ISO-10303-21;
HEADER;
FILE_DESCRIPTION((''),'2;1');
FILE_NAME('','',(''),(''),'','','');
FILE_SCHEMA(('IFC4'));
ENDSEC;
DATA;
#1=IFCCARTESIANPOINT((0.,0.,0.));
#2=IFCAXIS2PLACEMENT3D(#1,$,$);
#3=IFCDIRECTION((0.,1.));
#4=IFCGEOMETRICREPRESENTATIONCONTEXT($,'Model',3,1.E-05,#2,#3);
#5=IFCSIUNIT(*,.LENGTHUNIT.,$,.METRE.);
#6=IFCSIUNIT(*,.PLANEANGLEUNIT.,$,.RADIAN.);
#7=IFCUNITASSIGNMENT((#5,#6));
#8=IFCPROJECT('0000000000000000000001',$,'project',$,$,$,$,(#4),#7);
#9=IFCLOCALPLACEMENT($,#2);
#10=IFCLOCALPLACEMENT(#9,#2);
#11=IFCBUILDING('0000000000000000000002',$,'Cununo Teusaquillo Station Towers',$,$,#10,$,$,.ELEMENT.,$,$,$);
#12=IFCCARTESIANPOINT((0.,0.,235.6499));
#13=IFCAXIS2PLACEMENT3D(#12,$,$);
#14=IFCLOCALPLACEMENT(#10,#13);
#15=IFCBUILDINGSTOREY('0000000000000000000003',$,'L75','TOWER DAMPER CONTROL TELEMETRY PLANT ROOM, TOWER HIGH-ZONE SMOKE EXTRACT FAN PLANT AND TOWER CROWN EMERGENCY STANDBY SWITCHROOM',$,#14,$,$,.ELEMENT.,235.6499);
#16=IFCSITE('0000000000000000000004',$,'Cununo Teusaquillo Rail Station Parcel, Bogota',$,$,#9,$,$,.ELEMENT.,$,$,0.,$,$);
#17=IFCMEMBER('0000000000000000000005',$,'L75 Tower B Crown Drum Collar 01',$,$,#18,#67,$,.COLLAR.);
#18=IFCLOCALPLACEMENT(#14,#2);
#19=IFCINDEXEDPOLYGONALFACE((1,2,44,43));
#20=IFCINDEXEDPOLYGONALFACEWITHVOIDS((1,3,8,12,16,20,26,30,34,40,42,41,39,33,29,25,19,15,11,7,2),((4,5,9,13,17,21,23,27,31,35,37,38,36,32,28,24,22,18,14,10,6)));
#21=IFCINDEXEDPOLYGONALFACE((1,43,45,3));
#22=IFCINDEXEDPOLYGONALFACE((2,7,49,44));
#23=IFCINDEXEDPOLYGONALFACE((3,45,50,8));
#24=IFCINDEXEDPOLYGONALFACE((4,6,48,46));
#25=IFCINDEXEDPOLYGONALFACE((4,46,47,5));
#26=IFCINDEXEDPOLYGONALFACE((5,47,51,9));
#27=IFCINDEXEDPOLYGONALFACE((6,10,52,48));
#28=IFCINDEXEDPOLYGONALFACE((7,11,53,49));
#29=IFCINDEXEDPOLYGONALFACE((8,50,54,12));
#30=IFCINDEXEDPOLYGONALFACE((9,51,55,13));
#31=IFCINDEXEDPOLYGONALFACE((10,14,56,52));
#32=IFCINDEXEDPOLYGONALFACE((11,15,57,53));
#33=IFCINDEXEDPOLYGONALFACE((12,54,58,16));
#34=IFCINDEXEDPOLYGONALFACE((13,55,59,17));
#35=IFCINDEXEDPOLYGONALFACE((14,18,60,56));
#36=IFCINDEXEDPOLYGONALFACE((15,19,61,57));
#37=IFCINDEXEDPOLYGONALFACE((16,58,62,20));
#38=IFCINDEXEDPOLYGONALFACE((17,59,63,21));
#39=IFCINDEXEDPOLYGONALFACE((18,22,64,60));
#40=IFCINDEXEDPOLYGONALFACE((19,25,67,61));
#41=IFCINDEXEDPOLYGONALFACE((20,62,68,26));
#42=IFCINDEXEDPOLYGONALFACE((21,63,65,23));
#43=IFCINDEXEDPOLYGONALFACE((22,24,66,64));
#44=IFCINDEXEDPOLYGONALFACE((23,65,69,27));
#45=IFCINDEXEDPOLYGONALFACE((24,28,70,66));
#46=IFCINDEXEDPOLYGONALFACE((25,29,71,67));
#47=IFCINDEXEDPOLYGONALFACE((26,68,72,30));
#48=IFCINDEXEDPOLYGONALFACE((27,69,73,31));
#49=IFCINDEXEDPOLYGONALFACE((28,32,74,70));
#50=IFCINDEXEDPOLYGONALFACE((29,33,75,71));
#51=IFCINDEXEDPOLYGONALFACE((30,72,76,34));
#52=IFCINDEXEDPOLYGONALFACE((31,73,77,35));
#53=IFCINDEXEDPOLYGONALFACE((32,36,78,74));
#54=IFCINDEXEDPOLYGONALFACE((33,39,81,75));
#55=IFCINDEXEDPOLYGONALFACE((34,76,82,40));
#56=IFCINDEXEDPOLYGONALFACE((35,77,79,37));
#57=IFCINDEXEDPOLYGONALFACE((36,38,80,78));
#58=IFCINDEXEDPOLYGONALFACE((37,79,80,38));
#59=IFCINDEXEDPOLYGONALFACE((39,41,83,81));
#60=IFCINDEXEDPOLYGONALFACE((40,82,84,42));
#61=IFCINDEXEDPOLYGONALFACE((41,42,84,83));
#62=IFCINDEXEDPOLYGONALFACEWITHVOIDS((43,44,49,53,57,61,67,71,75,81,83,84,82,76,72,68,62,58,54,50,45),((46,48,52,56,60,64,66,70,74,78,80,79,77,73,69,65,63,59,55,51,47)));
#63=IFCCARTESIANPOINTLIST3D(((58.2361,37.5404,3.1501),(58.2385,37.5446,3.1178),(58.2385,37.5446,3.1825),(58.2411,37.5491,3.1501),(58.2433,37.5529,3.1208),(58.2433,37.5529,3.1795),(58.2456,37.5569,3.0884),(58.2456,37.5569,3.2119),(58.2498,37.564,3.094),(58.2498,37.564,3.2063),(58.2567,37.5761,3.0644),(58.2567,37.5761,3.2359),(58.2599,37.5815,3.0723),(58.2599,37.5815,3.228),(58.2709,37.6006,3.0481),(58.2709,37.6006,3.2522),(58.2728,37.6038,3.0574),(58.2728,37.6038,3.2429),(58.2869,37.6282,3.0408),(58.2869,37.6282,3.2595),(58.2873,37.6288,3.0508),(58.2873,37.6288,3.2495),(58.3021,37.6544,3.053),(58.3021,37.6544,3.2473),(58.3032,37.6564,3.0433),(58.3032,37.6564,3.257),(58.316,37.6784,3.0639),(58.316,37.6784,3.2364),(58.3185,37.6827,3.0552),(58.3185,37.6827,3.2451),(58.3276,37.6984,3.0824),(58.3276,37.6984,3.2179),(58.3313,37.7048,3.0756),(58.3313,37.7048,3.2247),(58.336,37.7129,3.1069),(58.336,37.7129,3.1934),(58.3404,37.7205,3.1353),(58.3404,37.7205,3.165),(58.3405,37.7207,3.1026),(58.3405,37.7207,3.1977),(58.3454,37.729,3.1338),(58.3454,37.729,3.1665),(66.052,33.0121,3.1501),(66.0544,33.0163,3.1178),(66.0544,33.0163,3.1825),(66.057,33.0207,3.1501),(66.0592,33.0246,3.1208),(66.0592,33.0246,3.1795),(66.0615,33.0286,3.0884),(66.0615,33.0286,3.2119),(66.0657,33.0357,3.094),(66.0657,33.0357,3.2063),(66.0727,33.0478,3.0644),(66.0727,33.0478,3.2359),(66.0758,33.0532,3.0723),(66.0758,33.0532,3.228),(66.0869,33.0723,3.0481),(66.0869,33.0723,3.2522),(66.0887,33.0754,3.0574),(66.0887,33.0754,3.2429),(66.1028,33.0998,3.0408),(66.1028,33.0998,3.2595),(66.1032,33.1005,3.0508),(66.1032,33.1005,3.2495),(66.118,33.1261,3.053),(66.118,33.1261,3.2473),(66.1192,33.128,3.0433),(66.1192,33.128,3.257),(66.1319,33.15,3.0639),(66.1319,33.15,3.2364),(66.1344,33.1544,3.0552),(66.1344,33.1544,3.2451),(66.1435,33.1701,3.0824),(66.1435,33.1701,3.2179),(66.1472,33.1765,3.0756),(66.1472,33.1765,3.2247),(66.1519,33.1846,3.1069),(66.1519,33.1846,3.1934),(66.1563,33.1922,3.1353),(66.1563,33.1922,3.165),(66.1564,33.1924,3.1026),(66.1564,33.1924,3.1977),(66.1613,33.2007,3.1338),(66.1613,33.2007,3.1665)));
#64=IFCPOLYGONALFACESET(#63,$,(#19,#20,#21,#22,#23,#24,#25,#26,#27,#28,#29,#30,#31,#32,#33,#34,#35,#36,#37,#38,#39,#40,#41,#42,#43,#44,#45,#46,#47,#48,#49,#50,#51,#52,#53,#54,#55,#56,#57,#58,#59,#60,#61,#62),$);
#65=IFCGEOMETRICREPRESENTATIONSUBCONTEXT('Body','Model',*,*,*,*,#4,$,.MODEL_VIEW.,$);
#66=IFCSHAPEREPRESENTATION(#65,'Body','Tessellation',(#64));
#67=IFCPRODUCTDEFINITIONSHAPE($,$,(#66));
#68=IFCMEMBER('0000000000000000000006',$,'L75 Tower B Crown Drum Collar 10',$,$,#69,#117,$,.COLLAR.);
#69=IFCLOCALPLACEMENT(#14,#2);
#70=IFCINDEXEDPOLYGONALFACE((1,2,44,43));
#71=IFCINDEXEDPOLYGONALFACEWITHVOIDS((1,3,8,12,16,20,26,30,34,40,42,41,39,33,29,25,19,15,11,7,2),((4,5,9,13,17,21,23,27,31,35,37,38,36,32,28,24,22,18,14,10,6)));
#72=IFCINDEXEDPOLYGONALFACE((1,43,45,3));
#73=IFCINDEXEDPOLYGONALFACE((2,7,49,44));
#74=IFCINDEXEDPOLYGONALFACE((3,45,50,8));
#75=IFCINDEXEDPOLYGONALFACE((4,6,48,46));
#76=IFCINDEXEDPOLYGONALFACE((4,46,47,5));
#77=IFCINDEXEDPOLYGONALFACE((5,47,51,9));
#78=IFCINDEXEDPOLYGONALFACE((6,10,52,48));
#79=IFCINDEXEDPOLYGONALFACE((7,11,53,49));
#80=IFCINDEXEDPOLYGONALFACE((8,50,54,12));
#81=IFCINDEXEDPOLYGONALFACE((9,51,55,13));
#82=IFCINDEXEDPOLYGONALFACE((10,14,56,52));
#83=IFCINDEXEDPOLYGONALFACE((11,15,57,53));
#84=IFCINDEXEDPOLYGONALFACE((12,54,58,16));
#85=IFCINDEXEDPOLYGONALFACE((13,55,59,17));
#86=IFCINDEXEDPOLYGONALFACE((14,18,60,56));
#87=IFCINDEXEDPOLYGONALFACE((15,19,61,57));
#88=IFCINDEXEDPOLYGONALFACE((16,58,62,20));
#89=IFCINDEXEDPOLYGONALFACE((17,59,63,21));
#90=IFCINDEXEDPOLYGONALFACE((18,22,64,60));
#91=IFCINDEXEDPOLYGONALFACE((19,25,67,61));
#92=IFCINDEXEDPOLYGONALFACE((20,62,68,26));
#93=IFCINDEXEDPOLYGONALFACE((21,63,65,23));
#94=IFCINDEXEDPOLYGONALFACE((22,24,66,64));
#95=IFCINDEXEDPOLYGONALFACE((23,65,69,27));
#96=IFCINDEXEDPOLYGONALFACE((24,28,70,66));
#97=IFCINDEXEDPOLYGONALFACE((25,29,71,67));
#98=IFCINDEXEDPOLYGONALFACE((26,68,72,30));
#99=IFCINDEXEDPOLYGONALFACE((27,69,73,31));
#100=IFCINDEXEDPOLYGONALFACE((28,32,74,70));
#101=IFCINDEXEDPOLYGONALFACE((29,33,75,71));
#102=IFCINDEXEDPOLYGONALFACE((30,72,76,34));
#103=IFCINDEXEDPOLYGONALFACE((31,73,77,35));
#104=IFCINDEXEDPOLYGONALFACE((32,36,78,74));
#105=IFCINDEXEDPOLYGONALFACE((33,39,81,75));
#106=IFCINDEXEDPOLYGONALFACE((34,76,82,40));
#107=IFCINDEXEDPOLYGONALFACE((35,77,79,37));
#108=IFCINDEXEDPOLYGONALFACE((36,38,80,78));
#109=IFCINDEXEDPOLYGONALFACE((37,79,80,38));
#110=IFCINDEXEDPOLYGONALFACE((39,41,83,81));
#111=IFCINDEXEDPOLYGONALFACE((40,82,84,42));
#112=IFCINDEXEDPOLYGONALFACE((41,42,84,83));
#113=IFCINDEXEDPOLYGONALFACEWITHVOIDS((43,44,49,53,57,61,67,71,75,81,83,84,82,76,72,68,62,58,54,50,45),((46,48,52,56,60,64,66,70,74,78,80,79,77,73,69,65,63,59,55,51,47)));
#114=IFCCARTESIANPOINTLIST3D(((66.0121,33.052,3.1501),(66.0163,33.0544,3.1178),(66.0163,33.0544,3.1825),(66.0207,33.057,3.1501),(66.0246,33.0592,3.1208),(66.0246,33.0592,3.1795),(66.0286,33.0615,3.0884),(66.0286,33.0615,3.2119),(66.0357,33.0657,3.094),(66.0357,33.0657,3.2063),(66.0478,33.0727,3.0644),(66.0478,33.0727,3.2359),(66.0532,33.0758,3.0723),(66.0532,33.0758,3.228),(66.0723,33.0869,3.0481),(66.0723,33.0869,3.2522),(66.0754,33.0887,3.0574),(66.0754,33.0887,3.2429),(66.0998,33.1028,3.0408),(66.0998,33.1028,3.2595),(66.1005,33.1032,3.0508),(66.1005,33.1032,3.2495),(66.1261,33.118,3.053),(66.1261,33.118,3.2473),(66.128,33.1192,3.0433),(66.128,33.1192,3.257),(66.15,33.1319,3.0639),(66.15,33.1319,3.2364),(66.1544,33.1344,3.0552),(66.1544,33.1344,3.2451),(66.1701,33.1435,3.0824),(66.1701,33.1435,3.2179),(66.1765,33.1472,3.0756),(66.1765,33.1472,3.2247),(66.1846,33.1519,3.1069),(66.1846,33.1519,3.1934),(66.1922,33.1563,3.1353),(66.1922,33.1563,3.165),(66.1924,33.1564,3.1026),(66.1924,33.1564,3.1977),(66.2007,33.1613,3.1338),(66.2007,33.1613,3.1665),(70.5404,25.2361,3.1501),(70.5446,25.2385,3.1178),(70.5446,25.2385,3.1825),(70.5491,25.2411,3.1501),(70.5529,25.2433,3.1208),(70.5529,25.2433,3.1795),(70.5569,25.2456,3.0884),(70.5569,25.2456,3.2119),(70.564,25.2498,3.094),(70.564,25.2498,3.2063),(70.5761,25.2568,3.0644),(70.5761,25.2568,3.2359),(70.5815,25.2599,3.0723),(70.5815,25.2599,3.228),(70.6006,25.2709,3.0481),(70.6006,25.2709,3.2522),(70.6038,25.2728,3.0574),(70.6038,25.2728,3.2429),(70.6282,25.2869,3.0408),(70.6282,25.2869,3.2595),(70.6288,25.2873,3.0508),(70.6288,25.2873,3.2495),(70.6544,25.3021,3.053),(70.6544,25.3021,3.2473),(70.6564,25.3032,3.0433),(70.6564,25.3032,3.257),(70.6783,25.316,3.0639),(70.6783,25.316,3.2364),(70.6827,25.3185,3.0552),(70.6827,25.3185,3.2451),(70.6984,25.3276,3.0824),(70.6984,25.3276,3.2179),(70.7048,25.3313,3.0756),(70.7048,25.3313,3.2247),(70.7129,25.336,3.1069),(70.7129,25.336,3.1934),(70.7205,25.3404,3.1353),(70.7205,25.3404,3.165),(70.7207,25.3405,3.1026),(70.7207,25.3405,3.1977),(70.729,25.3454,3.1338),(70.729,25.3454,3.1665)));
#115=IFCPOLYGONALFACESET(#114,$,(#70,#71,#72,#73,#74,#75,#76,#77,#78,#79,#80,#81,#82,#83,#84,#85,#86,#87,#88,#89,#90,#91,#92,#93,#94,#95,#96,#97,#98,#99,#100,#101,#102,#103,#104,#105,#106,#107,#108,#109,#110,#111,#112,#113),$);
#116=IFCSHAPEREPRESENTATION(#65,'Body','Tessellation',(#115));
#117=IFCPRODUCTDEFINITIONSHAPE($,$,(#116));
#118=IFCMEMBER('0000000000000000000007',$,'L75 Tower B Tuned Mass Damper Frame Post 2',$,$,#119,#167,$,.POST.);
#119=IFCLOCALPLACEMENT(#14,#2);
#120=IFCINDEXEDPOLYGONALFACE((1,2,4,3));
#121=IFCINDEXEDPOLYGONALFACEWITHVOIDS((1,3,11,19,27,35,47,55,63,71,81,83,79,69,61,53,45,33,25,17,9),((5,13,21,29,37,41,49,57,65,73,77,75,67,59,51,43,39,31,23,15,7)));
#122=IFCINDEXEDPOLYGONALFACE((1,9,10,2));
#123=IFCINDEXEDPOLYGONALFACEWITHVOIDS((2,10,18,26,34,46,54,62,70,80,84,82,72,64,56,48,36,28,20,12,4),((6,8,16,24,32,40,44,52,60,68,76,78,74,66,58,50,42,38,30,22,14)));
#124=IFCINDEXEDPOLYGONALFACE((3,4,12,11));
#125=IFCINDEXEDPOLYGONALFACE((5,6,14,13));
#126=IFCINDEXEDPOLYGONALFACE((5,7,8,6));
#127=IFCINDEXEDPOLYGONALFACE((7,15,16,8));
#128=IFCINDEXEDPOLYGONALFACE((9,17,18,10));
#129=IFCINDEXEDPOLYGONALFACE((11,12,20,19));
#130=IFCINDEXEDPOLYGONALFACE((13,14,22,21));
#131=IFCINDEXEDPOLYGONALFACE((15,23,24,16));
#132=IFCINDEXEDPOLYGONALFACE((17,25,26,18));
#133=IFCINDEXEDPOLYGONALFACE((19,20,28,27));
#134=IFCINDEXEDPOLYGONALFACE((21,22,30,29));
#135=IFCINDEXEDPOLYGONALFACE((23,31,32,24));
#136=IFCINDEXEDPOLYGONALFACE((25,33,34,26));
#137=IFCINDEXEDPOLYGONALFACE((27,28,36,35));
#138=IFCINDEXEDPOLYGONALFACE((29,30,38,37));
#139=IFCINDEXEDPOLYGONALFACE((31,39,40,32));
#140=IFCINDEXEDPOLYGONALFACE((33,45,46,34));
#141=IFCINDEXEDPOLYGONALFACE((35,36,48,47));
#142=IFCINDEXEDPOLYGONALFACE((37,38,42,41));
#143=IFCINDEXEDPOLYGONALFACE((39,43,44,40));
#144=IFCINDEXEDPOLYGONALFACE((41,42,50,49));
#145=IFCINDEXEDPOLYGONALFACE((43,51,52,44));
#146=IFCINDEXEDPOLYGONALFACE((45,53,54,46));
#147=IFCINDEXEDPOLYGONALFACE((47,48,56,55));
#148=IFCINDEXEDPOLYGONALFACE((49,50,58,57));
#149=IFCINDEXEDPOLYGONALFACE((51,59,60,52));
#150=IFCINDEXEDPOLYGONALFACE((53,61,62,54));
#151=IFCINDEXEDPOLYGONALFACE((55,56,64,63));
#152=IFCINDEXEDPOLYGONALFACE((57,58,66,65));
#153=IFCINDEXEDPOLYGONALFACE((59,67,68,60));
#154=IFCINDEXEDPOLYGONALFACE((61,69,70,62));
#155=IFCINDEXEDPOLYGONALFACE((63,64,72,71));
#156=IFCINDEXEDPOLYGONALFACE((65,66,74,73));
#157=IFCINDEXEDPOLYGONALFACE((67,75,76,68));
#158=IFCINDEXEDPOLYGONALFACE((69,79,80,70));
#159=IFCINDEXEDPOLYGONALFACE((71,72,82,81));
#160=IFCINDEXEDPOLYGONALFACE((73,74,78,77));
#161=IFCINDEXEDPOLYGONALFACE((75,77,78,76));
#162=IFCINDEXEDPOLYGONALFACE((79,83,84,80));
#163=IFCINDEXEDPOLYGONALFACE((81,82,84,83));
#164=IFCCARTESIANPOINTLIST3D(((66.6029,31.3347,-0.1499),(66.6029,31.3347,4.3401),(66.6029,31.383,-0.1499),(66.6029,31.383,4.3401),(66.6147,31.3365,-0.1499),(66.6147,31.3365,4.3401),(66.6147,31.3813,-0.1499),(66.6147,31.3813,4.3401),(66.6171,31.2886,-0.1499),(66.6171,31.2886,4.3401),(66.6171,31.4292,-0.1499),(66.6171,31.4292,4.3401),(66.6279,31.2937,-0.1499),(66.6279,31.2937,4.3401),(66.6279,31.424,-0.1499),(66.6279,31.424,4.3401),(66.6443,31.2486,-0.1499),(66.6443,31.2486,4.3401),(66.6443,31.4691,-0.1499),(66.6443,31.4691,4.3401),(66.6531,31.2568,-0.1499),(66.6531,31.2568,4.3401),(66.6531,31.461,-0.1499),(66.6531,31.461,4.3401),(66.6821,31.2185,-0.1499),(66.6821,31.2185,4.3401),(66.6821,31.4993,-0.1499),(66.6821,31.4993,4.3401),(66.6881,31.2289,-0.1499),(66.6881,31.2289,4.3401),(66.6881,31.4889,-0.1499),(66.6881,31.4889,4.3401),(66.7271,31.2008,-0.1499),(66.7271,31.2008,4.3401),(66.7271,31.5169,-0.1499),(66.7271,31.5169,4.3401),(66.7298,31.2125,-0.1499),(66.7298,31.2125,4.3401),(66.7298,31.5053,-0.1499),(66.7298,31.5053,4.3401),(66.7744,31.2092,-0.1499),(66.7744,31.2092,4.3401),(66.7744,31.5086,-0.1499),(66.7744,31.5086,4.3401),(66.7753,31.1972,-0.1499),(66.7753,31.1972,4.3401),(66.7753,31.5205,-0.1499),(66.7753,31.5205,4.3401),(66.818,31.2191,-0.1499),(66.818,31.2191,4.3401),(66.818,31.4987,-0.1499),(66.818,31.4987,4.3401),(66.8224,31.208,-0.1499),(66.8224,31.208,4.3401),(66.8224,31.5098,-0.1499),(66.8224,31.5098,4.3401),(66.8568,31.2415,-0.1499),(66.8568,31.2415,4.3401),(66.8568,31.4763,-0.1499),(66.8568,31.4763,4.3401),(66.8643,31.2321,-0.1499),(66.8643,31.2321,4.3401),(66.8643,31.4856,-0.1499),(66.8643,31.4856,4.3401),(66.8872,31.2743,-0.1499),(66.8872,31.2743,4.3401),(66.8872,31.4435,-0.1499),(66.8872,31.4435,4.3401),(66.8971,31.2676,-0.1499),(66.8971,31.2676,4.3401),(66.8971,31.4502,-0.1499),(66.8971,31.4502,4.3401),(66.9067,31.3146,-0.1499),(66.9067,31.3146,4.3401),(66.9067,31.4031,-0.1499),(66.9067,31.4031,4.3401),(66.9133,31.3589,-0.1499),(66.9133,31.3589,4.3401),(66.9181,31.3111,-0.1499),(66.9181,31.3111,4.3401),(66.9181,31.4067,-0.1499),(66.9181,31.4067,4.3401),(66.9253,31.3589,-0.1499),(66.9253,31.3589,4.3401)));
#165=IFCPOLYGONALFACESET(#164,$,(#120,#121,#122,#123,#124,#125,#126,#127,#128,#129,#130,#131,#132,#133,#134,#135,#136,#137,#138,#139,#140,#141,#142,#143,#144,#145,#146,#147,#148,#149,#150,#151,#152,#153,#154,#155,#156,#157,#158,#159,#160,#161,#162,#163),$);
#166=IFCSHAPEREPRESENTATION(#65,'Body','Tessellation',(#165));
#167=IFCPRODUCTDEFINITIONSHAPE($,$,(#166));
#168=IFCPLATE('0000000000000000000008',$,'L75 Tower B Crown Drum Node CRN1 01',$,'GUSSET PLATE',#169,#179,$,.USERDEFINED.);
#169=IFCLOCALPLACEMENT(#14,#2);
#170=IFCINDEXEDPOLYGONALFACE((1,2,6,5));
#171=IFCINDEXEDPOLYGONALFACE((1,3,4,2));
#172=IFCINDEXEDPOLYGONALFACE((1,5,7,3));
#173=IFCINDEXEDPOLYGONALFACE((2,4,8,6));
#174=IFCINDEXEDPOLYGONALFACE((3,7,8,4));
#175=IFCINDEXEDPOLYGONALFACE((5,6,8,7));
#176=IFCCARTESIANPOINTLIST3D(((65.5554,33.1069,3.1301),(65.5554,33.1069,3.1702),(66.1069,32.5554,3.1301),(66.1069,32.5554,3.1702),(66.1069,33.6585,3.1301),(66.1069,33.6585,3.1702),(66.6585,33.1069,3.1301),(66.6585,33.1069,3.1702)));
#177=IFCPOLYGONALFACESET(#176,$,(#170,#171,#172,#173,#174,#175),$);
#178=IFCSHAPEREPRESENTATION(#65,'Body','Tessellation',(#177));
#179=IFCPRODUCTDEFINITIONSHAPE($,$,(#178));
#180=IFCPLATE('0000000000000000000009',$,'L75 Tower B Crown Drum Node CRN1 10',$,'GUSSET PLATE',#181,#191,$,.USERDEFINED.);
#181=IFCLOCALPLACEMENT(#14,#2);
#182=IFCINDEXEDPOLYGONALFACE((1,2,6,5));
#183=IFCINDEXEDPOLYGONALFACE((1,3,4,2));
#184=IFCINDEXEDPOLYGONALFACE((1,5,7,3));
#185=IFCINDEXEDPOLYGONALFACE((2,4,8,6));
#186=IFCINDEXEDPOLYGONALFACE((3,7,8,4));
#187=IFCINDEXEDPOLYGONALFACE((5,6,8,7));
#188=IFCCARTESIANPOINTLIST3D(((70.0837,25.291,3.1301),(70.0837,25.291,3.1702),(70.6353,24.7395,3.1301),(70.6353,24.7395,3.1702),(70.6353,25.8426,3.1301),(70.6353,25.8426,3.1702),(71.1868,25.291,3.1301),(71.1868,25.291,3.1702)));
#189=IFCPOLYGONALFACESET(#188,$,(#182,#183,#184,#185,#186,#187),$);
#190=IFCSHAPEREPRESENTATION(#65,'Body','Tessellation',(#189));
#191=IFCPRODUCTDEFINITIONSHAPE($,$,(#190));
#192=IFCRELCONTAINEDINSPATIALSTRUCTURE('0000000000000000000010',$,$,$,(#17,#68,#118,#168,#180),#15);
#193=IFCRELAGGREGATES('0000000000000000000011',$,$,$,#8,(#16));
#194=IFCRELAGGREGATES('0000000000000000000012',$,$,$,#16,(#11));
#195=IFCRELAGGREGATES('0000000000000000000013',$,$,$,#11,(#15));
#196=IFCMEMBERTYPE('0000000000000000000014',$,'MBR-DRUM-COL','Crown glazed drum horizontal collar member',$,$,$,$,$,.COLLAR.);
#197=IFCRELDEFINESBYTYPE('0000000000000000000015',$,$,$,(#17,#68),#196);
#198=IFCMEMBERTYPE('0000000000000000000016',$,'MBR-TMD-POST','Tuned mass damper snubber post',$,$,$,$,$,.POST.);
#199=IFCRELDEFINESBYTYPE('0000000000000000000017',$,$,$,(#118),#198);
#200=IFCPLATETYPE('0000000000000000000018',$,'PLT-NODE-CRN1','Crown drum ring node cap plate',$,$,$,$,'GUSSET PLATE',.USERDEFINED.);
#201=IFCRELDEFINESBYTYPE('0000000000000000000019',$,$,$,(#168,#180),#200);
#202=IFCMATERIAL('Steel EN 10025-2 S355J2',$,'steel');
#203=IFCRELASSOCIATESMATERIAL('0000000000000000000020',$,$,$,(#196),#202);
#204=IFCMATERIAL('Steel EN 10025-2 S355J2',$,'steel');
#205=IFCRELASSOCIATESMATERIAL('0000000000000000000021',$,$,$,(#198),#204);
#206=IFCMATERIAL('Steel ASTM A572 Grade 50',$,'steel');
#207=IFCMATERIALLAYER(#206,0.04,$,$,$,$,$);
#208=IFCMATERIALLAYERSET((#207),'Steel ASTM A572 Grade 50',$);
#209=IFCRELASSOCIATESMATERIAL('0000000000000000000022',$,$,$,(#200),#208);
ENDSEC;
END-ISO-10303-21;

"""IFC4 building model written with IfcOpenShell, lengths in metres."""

from ifc_helpers import new_model, si_unit, direction, frame, origin, origin_2d, place, context, subcontext, project, spatial, rectangle, hollow_circle, extrude, source, transform, mapped, material, layer, layer_set, material_profile, profile_set, type_object, element, save


model = new_model("IFC4")

# Units and contexts
model_context = context("Model", 3, precision=1e-05, world=origin(), true_north=direction((0.0, 1.0)))
body_context = subcontext(model_context, "Body", "Model", "MODEL_VIEW")
ifc_project = project(units=[si_unit("LENGTHUNIT", "METRE"), si_unit("PLANEANGLEUNIT", "RADIAN")], contexts=[model_context])

# Site, building, storey
site_placement = place(None, origin())
site = spatial("IfcSite", under=ifc_project, at=site_placement, Name="Cununo Teusaquillo Rail Station Parcel, Bogota", CompositionType="ELEMENT", RefElevation=0.0)
building_placement = place(site_placement, origin())
building = spatial("IfcBuilding", under=site, at=building_placement, Name="Cununo Teusaquillo Station Towers", CompositionType="ELEMENT")
storey_placement = place(building_placement, frame((0.0, 0.0, 235.6499)))
storey = spatial("IfcBuildingStorey", under=building, at=storey_placement, Name="L75", Description="TOWER DAMPER CONTROL TELEMETRY PLANT ROOM, TOWER HIGH-ZONE SMOKE EXTRACT FAN PLANT AND TOWER CROWN EMERGENCY STANDBY SWITCHROOM", CompositionType="ELEMENT", Elevation=235.6499)

# Members
ifc_material_1 = material(Name="Steel EN 10025-2 S355J2", Category="steel")
ifc_material_profile_1 = material_profile(ifc_material_1, hollow_circle(Radius=0.1096, WallThickness=0.01, at=origin_2d()), Name="CHS 219x10")
ifc_profile_set_1 = profile_set([ifc_material_profile_1], Name="Steel EN 10025-2 S355J2")
member_type_1 = type_object("IfcMemberType", Name="MBR-DRUM-COL", Description="Crown glazed drum horizontal collar member", PredefinedType="COLLAR", material=ifc_profile_set_1)
for number, where, z_axis, x_axis, name in (
    (1, (66.1069, 33.1069, 3.1501), (-0.865267, 0.501311, 0.0), (-0.501311, -0.865267, 0.0), "L75 Tower B Crown Drum Collar 01"),
    (2, (70.6353, 25.291, 3.1501), (-0.501311, 0.865267, 0.0), (-0.865267, -0.501311, 0.0), "L75 Tower B Crown Drum Collar 10"),
):
    element("IfcMember", number, at=place(storey_placement, frame(where, z_axis=z_axis, x_axis=x_axis)), inside=storey, type_object=member_type_1, Name=name, PredefinedType="COLLAR", context=body_context, shape_type="SweptSolid", body=[
        extrude(hollow_circle(Radius=0.1096, WallThickness=0.01, at=origin_2d()), origin(), (0.0, 0.0, 1.0), 9.033),
    ])
ifc_material_2 = material(Name="Steel EN 10025-2 S355J2", Category="steel")
ifc_material_profile_2 = material_profile(ifc_material_2, hollow_circle(Radius=0.1621, WallThickness=0.012, at=origin_2d()), Name="CHS 324x12")
ifc_profile_set_2 = profile_set([ifc_material_profile_2], Name="Steel EN 10025-2 S355J2")
member_type_2 = type_object("IfcMemberType", Name="MBR-TMD-POST", Description="Tuned mass damper snubber post", PredefinedType="POST", material=ifc_profile_set_2)
member_1_placement = place(storey_placement, frame((66.7632, 31.3589, -0.1499), z_axis=(0.0, 0.0, 1.0), x_axis=(1.0, 0.0, 0.0)))
element("IfcMember", 3, at=member_1_placement, inside=storey, type_object=member_type_2, Name="L75 Tower B Tuned Mass Damper Frame Post 2", PredefinedType="POST", context=body_context, shape_type="SweptSolid", body=[
    extrude(hollow_circle(Radius=0.1621, WallThickness=0.012, at=origin_2d()), origin(), (0.0, 0.0, 1.0), 4.49),
])

# Plates
ifc_material_3 = material(Name="Steel ASTM A572 Grade 50", Category="steel")
ifc_layer_1 = layer(ifc_material_3, 0.04)
ifc_layer_set_1 = layer_set([ifc_layer_1], Name="Steel ASTM A572 Grade 50")
plate_type_1 = type_object("IfcPlateType", Name="PLT-NODE-CRN1", Description="Crown drum ring node cap plate", ElementType="GUSSET PLATE", PredefinedType="USERDEFINED", material=ifc_layer_set_1)
shared_shape_1 = source(origin(), body_context, "Body", "SweptSolid", [
    extrude(rectangle(XDim=0.78, YDim=0.78, at=origin_2d()), origin(), (0.0, 0.0, 1.0), 0.04),
])
for number, where, z_axis, x_axis, name in (
    (4, (66.1069, 33.1069, 3.1301), (0.0, 0.0, 1.0), (0.707107, 0.707107, 0.0), "L75 Tower B Crown Drum Node CRN1 01"),
    (5, (70.6353, 25.291, 3.1301), (0.0, 0.0, 1.0), (0.707107, 0.707107, 0.0), "L75 Tower B Crown Drum Node CRN1 10"),
):
    element("IfcPlate", number, at=place(storey_placement, frame(where, z_axis=z_axis, x_axis=x_axis)), inside=storey, type_object=plate_type_1, Name=name, ObjectType="GUSSET PLATE", PredefinedType="USERDEFINED", context=body_context, shape_type="MappedRepresentation", body=[
        mapped(shared_shape_1, transform((0.0, 0.0, 0.0), x_axis=(1.0, 0.0, 0.0), y_axis=(0.0, 1.0, 0.0), z_axis=(0.0, 0.0, 1.0), scale=1.0)),
    ])

save(model, "model.ifc")
